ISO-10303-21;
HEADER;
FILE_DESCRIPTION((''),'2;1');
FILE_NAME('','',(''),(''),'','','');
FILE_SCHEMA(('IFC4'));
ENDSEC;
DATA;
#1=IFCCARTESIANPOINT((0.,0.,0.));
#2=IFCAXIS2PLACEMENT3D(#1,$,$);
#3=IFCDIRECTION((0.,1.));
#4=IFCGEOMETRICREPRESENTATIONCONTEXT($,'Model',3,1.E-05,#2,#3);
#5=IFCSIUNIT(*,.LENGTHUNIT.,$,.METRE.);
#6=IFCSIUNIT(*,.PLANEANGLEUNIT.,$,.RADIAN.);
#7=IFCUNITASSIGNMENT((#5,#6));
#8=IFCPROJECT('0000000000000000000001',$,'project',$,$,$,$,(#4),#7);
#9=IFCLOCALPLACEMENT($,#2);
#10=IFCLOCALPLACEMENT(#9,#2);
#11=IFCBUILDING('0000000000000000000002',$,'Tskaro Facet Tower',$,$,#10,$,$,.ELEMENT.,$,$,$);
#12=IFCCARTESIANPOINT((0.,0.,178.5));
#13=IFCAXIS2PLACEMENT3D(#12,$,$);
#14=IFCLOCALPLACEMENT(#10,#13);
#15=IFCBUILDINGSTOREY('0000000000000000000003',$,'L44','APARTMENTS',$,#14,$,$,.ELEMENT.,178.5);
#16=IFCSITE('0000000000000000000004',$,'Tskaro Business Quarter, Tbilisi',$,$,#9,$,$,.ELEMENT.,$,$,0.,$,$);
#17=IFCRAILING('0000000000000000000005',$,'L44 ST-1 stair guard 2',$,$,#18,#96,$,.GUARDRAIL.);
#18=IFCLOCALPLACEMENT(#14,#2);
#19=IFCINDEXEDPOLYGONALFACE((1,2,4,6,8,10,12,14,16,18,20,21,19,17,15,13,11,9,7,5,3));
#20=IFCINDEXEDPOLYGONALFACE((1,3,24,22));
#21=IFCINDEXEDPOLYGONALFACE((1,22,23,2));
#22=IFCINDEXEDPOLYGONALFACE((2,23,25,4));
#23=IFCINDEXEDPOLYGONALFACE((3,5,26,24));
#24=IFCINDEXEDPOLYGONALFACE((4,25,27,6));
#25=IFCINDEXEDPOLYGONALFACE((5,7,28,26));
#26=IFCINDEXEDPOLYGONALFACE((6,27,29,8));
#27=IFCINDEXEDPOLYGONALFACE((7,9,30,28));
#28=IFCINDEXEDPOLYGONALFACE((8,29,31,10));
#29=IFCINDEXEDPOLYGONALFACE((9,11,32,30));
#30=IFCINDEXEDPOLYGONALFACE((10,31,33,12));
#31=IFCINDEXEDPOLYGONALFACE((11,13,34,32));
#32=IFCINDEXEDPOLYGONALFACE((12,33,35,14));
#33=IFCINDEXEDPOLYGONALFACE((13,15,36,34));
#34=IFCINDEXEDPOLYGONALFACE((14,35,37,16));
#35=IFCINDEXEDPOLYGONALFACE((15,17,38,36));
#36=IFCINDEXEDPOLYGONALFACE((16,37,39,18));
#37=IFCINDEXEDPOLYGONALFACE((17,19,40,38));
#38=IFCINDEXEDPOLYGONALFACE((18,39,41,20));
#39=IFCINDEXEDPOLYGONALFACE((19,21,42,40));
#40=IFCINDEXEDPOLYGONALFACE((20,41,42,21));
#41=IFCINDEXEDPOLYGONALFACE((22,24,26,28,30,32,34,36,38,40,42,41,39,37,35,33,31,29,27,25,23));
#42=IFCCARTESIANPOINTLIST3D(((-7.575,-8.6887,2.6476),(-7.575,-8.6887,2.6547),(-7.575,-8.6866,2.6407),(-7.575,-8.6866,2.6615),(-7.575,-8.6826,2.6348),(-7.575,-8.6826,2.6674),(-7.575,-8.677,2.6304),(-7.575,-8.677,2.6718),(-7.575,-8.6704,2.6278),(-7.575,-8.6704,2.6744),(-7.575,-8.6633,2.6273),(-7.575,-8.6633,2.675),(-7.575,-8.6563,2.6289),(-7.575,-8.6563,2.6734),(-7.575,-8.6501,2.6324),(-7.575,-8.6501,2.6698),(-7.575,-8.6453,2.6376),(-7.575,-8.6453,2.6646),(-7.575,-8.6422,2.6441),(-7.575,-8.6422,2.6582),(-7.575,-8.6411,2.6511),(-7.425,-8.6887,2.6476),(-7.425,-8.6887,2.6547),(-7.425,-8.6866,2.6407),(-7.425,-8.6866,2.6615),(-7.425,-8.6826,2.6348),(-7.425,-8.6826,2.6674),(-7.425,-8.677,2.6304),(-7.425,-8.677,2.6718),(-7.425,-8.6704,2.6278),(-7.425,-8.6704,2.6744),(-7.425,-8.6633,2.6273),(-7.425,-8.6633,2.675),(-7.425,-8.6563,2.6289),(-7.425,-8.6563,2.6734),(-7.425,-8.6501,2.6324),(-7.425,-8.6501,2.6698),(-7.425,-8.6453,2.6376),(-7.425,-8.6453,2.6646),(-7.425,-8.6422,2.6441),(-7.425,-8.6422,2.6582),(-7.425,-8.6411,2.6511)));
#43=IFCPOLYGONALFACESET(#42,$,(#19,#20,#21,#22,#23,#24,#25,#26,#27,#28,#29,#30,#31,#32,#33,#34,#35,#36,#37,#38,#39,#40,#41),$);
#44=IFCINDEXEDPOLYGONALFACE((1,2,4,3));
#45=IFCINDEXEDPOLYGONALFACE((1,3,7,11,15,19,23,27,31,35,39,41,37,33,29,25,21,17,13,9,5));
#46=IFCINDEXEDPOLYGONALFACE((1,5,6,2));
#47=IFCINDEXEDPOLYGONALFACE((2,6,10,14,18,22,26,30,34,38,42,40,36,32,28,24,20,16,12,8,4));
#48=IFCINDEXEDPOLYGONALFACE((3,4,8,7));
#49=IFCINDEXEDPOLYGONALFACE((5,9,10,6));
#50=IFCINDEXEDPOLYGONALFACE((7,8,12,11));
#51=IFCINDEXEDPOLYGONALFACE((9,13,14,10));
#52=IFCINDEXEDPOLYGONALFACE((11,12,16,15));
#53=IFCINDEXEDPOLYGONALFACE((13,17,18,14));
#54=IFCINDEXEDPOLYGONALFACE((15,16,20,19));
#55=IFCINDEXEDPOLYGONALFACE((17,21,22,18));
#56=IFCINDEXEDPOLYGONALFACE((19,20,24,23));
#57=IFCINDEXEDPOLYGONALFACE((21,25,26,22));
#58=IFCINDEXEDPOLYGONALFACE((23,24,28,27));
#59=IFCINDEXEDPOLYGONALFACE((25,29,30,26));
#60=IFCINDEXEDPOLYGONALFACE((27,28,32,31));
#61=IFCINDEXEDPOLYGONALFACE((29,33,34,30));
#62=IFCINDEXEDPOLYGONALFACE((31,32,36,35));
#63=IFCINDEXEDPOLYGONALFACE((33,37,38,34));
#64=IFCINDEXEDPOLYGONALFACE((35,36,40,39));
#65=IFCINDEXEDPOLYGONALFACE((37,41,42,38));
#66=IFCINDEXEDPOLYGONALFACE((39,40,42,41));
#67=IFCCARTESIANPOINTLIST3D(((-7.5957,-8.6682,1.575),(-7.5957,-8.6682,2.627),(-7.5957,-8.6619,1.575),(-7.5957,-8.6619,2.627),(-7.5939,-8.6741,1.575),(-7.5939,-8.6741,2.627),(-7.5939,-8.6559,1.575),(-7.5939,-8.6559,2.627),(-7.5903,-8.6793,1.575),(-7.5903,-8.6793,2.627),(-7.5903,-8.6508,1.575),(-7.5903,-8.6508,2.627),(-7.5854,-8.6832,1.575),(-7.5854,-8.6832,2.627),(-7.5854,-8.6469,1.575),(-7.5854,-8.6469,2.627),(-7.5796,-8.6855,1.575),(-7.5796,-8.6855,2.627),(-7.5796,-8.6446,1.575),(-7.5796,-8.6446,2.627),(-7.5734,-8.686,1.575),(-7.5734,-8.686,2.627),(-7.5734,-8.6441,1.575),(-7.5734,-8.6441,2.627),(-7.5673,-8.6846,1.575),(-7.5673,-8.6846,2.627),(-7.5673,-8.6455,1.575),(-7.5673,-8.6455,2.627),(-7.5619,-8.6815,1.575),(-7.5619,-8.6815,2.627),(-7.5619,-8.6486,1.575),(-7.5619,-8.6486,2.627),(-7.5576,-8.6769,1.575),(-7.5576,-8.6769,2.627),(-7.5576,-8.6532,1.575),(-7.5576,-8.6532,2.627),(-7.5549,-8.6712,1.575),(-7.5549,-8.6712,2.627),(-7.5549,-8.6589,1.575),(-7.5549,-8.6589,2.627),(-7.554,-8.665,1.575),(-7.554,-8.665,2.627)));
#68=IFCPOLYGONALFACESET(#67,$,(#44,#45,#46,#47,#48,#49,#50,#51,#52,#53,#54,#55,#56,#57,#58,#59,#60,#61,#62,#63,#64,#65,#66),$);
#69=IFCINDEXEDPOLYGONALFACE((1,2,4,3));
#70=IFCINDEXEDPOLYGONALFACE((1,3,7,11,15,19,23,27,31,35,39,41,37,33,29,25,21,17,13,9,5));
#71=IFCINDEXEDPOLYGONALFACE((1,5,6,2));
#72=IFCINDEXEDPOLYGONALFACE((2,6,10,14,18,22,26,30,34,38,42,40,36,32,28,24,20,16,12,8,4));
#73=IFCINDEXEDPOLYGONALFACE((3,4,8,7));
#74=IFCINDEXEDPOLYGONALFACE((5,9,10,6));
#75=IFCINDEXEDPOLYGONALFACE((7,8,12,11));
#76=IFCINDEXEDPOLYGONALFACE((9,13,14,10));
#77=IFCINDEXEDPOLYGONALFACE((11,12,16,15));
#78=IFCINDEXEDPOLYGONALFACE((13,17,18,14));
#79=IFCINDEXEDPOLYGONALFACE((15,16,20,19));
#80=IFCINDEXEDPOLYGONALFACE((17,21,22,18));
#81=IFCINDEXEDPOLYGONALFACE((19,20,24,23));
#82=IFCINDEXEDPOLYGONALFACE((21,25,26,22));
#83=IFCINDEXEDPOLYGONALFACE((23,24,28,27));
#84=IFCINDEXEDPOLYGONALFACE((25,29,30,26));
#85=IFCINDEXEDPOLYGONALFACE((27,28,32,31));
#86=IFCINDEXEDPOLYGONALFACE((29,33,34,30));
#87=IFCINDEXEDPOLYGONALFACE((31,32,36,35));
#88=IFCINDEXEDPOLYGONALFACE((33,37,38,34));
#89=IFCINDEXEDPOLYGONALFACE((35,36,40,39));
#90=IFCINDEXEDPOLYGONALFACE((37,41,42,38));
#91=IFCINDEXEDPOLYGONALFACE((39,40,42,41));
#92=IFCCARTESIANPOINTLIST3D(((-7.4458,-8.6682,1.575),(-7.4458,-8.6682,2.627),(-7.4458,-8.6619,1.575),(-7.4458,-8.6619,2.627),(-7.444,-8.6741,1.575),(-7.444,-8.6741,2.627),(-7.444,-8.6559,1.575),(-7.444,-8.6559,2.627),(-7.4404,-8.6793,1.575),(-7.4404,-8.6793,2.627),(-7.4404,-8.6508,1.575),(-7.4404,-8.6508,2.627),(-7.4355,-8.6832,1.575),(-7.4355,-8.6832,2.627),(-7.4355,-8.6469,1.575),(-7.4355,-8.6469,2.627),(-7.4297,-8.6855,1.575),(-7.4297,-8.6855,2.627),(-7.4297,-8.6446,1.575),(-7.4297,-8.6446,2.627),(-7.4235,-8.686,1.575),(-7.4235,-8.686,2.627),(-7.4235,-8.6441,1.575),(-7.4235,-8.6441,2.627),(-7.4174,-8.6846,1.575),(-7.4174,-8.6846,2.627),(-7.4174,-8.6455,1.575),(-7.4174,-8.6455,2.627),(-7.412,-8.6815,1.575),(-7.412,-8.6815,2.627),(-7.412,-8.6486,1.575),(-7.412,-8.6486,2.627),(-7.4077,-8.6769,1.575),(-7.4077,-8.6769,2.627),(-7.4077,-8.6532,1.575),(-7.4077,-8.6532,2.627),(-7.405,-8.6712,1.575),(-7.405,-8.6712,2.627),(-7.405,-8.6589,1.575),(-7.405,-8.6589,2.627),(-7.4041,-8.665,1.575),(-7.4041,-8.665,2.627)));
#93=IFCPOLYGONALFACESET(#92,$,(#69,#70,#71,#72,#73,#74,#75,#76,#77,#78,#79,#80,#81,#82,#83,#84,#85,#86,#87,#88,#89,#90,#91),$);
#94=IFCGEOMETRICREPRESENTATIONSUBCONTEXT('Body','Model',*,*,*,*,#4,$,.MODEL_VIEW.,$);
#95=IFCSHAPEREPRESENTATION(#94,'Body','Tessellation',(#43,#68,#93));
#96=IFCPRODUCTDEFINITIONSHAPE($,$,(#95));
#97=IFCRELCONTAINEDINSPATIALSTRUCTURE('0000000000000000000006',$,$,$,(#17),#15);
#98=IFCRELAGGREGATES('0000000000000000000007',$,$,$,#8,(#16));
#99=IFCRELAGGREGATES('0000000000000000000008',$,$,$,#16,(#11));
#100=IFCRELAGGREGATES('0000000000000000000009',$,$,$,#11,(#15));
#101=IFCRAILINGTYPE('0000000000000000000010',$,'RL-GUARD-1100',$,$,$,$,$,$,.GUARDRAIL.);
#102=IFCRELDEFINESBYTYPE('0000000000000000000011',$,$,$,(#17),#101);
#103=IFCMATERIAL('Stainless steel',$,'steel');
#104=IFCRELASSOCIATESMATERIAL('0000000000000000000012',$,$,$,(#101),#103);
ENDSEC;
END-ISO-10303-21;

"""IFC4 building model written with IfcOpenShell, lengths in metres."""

from ifc_helpers import new_model, si_unit, direction, frame, origin, origin_2d, place, context, subcontext, project, spatial, circle, extrude, material, type_object, element, save


model = new_model("IFC4")

# Units and contexts
model_context = context("Model", 3, precision=1e-05, world=origin(), true_north=direction((0.0, 1.0)))
body_context = subcontext(model_context, "Body", "Model", "MODEL_VIEW")
ifc_project = project(units=[si_unit("LENGTHUNIT", "METRE"), si_unit("PLANEANGLEUNIT", "RADIAN")], contexts=[model_context])

# Site, building, storey
site_placement = place(None, origin())
site = spatial("IfcSite", under=ifc_project, at=site_placement, Name="Tskaro Business Quarter, Tbilisi", CompositionType="ELEMENT", RefElevation=0.0)
building_placement = place(site_placement, origin())
building = spatial("IfcBuilding", under=site, at=building_placement, Name="Tskaro Facet Tower", CompositionType="ELEMENT")
storey_placement = place(building_placement, frame((0.0, 0.0, 178.5)))
storey = spatial("IfcBuildingStorey", under=building, at=storey_placement, Name="L44", Description="APARTMENTS", CompositionType="ELEMENT", Elevation=178.5)

# Shared definitions
ifc_material_1 = material(Name="Stainless steel", Category="steel")

# Railing
railing_type_1 = type_object("IfcRailingType", Name="RL-GUARD-1100", PredefinedType="GUARDRAIL", material=ifc_material_1)
railing_1_placement = place(storey_placement, frame((-7.575, -8.665, 1.575)))
element("IfcRailing", 1, at=railing_1_placement, inside=storey, type_object=railing_type_1, Name="L44 ST-1 stair guard 2", PredefinedType="GUARDRAIL", context=body_context, shape_type="SweptSolid", body=[
    extrude(circle(Radius=0.0239, at=origin_2d()), frame((0.0, 0.0, 1.0762), z_axis=(1.0, 0.0, 0.0), x_axis=(0.0, 1.0, 0.0)), (0.0, 0.0, 1.0), 0.1499),
    extrude(circle(Radius=0.021, at=origin_2d()), origin(), (0.0, 0.0, 1.0), 1.052),
    extrude(circle(Radius=0.021, at=origin_2d()), frame((0.1499, 0.0, 0.0)), (0.0, 0.0, 1.0), 1.052),
])

save(model, "model.ifc")
